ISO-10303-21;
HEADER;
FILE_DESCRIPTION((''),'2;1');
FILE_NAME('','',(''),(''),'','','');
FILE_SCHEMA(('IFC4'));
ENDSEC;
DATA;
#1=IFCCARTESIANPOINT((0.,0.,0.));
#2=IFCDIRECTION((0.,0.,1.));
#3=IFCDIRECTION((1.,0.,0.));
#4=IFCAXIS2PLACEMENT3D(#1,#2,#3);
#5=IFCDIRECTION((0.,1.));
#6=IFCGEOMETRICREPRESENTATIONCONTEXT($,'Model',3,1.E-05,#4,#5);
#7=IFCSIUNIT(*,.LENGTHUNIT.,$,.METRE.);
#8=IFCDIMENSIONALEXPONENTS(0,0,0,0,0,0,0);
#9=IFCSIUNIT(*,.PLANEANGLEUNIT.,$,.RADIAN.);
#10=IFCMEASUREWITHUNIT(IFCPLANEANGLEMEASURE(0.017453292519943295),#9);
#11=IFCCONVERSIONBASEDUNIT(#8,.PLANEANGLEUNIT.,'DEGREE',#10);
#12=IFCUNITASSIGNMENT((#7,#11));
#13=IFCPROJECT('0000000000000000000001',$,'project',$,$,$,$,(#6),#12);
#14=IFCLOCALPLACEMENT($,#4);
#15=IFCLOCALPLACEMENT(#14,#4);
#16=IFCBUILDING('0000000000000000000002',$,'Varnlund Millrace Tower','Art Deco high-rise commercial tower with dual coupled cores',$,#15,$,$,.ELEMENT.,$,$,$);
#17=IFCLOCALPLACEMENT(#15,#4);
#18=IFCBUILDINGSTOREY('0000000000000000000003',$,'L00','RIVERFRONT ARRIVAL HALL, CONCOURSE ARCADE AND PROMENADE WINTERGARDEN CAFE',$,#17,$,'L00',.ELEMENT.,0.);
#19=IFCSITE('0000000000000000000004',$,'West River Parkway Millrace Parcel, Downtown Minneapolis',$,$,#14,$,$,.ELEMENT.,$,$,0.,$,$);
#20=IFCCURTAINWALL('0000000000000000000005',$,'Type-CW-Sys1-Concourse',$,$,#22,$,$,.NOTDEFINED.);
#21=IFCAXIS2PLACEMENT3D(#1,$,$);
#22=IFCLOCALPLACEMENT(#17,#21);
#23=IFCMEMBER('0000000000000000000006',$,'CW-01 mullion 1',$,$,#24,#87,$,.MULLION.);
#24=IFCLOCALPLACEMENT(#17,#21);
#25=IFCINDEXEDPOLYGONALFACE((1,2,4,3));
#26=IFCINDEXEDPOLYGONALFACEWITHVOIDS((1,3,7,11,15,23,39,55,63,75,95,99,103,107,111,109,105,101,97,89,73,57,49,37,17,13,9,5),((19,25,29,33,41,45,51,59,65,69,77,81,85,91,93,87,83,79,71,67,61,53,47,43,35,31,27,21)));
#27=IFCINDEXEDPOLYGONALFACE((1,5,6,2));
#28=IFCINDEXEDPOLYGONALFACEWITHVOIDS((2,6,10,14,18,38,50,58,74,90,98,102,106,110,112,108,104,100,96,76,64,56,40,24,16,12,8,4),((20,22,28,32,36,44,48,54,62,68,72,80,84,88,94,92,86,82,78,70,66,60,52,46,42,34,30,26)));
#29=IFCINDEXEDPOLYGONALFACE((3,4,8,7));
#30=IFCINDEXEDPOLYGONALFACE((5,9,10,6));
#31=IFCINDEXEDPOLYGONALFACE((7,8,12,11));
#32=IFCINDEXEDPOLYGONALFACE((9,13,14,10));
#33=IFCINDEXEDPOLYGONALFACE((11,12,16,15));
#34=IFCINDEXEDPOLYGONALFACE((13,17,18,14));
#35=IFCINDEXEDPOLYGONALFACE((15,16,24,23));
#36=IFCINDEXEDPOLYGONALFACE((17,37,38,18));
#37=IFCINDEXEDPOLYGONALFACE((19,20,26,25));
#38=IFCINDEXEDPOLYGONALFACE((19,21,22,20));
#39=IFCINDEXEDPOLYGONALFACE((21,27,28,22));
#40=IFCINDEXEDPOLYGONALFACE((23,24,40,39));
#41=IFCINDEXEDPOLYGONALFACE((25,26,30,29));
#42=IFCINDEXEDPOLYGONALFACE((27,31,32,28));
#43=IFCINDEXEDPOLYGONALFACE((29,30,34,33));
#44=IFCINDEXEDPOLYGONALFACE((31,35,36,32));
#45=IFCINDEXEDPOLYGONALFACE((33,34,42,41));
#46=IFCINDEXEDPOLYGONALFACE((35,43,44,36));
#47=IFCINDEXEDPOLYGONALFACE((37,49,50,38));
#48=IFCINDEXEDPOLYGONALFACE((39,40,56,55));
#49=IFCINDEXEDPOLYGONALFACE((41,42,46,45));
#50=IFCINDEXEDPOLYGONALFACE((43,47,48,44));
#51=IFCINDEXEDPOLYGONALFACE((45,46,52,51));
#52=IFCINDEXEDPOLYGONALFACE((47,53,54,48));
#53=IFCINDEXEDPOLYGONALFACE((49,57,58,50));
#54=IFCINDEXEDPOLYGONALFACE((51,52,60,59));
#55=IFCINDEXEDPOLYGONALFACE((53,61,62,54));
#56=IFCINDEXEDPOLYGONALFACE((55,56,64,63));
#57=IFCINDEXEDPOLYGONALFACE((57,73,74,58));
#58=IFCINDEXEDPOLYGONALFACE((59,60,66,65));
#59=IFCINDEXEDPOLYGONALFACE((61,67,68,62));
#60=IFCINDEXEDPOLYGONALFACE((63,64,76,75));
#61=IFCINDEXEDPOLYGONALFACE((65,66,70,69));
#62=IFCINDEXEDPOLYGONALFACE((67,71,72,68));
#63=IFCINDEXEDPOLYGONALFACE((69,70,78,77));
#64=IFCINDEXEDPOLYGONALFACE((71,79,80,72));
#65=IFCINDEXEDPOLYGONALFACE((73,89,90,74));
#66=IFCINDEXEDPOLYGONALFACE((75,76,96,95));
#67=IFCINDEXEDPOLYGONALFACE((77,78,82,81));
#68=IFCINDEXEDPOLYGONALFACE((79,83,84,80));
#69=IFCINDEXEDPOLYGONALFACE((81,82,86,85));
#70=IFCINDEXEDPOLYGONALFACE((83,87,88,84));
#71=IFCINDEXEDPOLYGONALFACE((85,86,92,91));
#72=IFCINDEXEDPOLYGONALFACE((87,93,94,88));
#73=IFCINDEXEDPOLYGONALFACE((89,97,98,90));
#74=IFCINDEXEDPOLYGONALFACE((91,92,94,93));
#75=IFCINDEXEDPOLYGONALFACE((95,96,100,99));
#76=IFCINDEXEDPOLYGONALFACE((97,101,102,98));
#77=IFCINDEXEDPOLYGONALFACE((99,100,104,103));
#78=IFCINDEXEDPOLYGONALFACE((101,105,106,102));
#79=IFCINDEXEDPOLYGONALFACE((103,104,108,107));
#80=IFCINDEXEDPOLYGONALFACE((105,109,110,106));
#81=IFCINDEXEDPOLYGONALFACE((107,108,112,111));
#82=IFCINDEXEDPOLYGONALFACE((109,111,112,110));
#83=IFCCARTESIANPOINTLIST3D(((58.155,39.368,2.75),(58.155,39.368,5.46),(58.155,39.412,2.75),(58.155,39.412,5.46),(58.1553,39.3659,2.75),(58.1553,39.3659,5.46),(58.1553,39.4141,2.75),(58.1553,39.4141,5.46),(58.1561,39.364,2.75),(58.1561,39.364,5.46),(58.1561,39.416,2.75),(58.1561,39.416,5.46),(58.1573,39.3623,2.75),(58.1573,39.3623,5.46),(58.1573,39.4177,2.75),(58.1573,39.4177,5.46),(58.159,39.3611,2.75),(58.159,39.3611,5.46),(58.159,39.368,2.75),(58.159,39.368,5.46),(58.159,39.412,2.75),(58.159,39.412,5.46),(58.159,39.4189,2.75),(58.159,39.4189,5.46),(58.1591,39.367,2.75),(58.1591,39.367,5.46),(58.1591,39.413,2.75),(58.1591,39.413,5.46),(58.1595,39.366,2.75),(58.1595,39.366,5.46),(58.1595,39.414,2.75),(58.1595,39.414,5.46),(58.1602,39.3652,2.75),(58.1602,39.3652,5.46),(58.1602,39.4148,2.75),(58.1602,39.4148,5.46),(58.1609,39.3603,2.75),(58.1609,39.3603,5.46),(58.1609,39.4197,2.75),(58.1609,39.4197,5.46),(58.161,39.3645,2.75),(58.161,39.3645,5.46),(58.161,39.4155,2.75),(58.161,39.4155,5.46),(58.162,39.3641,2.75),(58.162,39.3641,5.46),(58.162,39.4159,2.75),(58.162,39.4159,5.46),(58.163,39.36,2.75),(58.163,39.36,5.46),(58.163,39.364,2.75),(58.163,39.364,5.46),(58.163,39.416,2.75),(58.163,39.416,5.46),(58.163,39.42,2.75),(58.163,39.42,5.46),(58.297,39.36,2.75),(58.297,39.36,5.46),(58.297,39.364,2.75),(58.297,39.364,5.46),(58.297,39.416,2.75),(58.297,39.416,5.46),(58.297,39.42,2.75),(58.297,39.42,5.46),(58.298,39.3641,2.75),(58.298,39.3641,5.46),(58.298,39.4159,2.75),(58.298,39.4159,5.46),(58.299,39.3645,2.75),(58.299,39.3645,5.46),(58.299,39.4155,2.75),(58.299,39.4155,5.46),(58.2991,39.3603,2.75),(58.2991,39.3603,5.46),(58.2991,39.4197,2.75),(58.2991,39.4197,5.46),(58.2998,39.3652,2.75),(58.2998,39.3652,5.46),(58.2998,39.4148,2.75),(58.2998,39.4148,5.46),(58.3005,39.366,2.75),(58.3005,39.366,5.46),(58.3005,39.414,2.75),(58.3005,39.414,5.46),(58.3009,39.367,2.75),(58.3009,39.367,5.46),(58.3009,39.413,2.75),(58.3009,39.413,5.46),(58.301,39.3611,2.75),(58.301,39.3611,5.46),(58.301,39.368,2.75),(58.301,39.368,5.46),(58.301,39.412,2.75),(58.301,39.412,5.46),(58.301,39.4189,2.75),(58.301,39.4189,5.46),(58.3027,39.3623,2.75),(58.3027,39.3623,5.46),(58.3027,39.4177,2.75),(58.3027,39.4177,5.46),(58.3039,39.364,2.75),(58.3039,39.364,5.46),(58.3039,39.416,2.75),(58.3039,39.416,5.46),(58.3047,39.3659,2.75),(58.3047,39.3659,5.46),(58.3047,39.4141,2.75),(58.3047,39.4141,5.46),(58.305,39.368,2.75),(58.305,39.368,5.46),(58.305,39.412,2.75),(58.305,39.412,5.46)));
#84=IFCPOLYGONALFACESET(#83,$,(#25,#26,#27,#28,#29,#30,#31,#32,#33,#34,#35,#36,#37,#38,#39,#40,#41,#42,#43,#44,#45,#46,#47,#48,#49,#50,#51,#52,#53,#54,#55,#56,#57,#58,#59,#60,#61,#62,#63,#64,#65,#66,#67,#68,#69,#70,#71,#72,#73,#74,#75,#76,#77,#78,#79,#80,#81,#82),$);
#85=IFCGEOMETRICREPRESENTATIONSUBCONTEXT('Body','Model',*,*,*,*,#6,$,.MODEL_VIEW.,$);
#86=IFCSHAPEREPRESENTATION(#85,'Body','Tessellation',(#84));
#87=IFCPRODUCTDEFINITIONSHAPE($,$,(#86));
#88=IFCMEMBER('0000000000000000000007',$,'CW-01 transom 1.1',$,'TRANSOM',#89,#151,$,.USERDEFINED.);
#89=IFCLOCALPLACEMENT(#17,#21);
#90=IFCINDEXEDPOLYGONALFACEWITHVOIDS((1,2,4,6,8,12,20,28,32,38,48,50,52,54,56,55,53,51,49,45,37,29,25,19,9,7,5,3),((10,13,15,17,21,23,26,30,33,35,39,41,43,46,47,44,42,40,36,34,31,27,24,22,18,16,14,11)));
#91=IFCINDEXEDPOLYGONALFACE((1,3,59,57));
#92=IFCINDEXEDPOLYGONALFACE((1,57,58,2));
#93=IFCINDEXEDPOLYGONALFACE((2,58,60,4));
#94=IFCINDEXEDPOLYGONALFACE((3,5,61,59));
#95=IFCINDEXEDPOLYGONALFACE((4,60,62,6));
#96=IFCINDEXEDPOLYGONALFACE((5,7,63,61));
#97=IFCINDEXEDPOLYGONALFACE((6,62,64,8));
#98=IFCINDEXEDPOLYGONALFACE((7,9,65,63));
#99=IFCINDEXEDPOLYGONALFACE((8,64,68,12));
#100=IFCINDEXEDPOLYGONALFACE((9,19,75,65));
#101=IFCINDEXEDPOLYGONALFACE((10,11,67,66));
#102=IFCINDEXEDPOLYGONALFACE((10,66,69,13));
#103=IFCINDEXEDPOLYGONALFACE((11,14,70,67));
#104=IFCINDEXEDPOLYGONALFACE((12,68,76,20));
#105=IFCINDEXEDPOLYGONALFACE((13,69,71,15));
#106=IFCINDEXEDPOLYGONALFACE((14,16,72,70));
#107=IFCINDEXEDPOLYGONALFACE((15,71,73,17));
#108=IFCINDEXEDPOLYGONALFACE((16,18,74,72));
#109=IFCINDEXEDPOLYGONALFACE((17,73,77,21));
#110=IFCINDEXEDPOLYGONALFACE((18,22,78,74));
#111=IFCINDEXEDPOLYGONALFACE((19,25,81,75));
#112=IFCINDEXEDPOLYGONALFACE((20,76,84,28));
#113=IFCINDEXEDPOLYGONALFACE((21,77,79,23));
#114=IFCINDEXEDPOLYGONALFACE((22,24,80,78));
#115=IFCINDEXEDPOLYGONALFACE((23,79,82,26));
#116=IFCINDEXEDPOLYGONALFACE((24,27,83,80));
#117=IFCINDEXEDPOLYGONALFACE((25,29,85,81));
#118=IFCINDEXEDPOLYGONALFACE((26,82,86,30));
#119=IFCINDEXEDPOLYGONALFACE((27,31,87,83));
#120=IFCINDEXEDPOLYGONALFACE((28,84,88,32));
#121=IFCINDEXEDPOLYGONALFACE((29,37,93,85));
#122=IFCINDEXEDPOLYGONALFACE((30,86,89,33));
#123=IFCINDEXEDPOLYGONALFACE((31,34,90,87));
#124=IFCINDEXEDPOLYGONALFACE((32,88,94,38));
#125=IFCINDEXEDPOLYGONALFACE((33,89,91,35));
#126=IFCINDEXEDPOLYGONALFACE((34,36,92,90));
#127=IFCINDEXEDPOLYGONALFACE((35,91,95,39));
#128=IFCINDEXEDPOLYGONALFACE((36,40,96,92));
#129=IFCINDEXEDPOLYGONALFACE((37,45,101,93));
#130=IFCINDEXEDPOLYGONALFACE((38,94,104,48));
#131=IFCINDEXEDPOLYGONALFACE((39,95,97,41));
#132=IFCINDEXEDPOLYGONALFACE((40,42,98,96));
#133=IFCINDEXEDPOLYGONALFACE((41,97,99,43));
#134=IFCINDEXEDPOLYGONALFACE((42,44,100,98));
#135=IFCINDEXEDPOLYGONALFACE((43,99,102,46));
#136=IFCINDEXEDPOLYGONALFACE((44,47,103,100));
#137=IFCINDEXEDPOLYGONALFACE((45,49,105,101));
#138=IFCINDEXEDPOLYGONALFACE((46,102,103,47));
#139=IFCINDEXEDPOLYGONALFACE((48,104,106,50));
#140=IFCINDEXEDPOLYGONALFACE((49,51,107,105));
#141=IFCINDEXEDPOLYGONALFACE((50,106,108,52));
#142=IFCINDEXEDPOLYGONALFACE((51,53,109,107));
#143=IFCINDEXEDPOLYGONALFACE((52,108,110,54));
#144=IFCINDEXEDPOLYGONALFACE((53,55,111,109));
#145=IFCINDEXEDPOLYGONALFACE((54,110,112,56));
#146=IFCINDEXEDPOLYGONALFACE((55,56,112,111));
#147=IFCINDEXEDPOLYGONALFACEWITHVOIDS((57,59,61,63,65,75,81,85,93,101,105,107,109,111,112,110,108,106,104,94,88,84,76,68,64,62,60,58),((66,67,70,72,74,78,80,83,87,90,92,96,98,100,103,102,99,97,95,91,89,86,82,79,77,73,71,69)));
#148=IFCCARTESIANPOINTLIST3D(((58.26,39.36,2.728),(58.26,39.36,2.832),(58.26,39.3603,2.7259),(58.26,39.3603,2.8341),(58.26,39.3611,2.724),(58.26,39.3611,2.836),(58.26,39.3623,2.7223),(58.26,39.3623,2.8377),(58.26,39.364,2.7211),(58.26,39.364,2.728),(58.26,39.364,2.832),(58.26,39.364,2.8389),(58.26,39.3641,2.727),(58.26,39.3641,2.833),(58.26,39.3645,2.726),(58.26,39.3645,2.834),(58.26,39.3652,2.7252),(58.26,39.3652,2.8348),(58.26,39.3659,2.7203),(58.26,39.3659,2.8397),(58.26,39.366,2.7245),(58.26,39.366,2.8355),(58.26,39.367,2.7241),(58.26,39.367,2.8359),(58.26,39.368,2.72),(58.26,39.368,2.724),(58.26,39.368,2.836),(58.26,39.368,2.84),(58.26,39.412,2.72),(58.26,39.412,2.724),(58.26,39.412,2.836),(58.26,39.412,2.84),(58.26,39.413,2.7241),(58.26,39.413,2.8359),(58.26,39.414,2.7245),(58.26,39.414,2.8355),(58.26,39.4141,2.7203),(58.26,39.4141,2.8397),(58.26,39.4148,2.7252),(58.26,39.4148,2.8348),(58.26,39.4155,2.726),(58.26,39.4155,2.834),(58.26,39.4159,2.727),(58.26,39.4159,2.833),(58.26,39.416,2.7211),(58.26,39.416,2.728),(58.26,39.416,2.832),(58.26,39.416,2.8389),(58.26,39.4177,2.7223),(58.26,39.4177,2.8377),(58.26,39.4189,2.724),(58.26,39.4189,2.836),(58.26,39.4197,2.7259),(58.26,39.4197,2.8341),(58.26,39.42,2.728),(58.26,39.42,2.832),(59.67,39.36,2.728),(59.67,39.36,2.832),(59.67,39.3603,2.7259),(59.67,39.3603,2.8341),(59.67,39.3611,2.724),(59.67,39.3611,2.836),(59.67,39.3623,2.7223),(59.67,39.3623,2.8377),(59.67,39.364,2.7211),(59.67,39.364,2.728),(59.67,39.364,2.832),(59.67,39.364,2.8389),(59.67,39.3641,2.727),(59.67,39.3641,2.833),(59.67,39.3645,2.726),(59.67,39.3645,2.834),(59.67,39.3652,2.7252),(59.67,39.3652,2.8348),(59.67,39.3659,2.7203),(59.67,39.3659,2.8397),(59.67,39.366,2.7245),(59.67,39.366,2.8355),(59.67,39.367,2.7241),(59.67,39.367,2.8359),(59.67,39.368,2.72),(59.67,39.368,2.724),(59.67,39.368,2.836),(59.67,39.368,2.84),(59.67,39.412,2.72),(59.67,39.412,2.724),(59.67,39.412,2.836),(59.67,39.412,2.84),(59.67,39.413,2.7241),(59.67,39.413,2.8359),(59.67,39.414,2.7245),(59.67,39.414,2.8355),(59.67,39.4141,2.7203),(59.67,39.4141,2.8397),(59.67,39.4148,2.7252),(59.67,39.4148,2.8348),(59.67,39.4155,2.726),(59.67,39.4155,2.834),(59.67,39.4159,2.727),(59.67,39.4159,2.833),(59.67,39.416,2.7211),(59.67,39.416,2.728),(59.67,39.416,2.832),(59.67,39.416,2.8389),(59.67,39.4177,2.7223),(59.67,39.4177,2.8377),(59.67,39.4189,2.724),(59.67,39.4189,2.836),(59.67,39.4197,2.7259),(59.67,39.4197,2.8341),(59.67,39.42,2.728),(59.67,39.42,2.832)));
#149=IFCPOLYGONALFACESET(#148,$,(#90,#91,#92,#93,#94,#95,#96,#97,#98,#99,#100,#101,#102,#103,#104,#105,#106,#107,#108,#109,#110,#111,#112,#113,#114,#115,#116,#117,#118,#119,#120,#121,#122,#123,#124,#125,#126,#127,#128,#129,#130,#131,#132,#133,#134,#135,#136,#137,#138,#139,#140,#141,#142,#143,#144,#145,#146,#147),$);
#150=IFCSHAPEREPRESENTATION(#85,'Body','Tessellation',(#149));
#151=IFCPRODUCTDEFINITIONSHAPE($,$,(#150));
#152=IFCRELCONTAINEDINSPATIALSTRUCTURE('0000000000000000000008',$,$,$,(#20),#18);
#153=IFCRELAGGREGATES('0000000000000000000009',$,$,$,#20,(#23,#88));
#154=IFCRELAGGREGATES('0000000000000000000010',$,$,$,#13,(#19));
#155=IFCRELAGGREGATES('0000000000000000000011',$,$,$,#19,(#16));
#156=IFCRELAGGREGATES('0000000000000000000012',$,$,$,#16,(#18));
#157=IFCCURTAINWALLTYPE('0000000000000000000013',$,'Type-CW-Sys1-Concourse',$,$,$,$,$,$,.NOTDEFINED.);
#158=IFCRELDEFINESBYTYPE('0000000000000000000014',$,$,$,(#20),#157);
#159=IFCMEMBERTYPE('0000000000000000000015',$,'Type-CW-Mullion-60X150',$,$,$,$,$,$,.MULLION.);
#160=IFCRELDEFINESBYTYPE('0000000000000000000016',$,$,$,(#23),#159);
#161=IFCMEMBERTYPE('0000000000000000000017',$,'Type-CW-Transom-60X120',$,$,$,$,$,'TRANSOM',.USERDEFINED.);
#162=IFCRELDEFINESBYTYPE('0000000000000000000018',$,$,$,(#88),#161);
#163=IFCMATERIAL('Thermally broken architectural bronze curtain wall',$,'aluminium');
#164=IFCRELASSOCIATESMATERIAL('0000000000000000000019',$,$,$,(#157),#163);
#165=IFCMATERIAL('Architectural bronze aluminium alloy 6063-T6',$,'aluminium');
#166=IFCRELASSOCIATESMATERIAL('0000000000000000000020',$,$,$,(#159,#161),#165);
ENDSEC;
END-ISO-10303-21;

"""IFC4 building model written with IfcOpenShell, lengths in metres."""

from ifc_helpers import new_model, entity, si_unit, converted_unit, direction, frame, origin_with_axes, origin_2d_with_axis, place, context, subcontext, project, spatial, hollow_rectangle, extrude, material, material_profile, profile_set, type_object, element, aggregate, save


model = new_model("IFC4")

# Units and contexts
model_context = context("Model", 3, precision=1e-05, world=origin_with_axes(), true_north=direction((0.0, 1.0)))
body_context = subcontext(model_context, "Body", "Model", "MODEL_VIEW")
ifc_project = project(units=[si_unit("LENGTHUNIT", "METRE"), converted_unit("PLANEANGLEUNIT", "DEGREE", entity("IfcPlaneAngleMeasure", 0.017453292519943295), si_unit("PLANEANGLEUNIT", "RADIAN"), dimensions=[0, 0, 0, 0, 0, 0, 0])], contexts=[model_context])

# Site, building, storey
site_placement = place(None, origin_with_axes())
site = spatial("IfcSite", under=ifc_project, at=site_placement, Name="West River Parkway Millrace Parcel, Downtown Minneapolis", CompositionType="ELEMENT", RefElevation=0.0)
building_placement = place(site_placement, origin_with_axes())
building = spatial("IfcBuilding", under=site, at=building_placement, Name="Varnlund Millrace Tower", Description="Art Deco high-rise commercial tower with dual coupled cores", CompositionType="ELEMENT")
storey_placement = place(building_placement, origin_with_axes())
storey = spatial("IfcBuildingStorey", under=building, at=storey_placement, Name="L00", Description="RIVERFRONT ARRIVAL HALL, CONCOURSE ARCADE AND PROMENADE WINTERGARDEN CAFE", LongName="L00", CompositionType="ELEMENT", Elevation=0.0)

# Curtain wall, members
ifc_material_1 = material(Name="Thermally broken architectural bronze curtain wall", Category="aluminium")
curtain_wall_type = type_object("IfcCurtainWallType", Name="Type-CW-Sys1-Concourse", PredefinedType="NOTDEFINED", material=ifc_material_1)
curtain_wall_placement = place(storey_placement, frame((58.2, 39.39, 2.75), z_axis=(0.0, 0.0, 1.0), x_axis=(1.0, 0.0, 0.0)))
curtain_wall = element("IfcCurtainWall", 1, at=curtain_wall_placement, inside=storey, type_object=curtain_wall_type, Name="Type-CW-Sys1-Concourse", PredefinedType="NOTDEFINED")
ifc_material_2 = material(Name="Architectural bronze aluminium alloy 6063-T6", Category="aluminium")
ifc_material_profile_1 = material_profile(ifc_material_2, hollow_rectangle(XDim=0.06, YDim=0.15, WallThickness=0.004, InnerFilletRadius=0.004, OuterFilletRadius=0.008, at=origin_2d_with_axis()), Name="Architectural bronze aluminium alloy 6063-T6")
ifc_profile_set_1 = profile_set([ifc_material_profile_1], Name="Architectural bronze aluminium alloy 6063-T6")
member_type_1 = type_object("IfcMemberType", Name="Type-CW-Mullion-60X150", PredefinedType="MULLION", material=ifc_profile_set_1)
member_1_placement = place(storey_placement, frame((58.23, 39.39, 2.75), z_axis=(0.0, 0.0, 1.0), x_axis=(0.0, 1.0, 0.0)))
member_1 = element("IfcMember", 2, at=member_1_placement, type_object=member_type_1, Name="CW-01 mullion 1", PredefinedType="MULLION", context=body_context, shape_type="SweptSolid", body=[
    extrude(hollow_rectangle(XDim=0.06, YDim=0.15, WallThickness=0.004, InnerFilletRadius=0.004, OuterFilletRadius=0.008, at=origin_2d_with_axis()), origin_with_axes(), (0.0, 0.0, 1.0), 2.71),
])
ifc_material_profile_2 = material_profile(ifc_material_2, hollow_rectangle(XDim=0.06, YDim=0.12, WallThickness=0.004, InnerFilletRadius=0.004, OuterFilletRadius=0.008, at=origin_2d_with_axis()), Name="Architectural bronze aluminium alloy 6063-T6")
ifc_profile_set_2 = profile_set([ifc_material_profile_2], Name="Architectural bronze aluminium alloy 6063-T6")
member_type_2 = type_object("IfcMemberType", Name="Type-CW-Transom-60X120", ElementType="TRANSOM", PredefinedType="USERDEFINED", material=ifc_profile_set_2)
member_2_placement = place(storey_placement, frame((58.26, 39.39, 2.78), z_axis=(1.0, 0.0, 0.0), x_axis=(0.0, 1.0, 0.0)))
member_2 = element("IfcMember", 3, at=member_2_placement, type_object=member_type_2, Name="CW-01 transom 1.1", ObjectType="TRANSOM", PredefinedType="USERDEFINED", context=body_context, shape_type="SweptSolid", body=[
    extrude(hollow_rectangle(XDim=0.06, YDim=0.12, WallThickness=0.004, InnerFilletRadius=0.004, OuterFilletRadius=0.008, at=origin_2d_with_axis()), origin_with_axes(), (0.0, 0.0, 1.0), 1.41),
])

aggregate(curtain_wall, [member_1, member_2])

save(model, "model.ifc")
